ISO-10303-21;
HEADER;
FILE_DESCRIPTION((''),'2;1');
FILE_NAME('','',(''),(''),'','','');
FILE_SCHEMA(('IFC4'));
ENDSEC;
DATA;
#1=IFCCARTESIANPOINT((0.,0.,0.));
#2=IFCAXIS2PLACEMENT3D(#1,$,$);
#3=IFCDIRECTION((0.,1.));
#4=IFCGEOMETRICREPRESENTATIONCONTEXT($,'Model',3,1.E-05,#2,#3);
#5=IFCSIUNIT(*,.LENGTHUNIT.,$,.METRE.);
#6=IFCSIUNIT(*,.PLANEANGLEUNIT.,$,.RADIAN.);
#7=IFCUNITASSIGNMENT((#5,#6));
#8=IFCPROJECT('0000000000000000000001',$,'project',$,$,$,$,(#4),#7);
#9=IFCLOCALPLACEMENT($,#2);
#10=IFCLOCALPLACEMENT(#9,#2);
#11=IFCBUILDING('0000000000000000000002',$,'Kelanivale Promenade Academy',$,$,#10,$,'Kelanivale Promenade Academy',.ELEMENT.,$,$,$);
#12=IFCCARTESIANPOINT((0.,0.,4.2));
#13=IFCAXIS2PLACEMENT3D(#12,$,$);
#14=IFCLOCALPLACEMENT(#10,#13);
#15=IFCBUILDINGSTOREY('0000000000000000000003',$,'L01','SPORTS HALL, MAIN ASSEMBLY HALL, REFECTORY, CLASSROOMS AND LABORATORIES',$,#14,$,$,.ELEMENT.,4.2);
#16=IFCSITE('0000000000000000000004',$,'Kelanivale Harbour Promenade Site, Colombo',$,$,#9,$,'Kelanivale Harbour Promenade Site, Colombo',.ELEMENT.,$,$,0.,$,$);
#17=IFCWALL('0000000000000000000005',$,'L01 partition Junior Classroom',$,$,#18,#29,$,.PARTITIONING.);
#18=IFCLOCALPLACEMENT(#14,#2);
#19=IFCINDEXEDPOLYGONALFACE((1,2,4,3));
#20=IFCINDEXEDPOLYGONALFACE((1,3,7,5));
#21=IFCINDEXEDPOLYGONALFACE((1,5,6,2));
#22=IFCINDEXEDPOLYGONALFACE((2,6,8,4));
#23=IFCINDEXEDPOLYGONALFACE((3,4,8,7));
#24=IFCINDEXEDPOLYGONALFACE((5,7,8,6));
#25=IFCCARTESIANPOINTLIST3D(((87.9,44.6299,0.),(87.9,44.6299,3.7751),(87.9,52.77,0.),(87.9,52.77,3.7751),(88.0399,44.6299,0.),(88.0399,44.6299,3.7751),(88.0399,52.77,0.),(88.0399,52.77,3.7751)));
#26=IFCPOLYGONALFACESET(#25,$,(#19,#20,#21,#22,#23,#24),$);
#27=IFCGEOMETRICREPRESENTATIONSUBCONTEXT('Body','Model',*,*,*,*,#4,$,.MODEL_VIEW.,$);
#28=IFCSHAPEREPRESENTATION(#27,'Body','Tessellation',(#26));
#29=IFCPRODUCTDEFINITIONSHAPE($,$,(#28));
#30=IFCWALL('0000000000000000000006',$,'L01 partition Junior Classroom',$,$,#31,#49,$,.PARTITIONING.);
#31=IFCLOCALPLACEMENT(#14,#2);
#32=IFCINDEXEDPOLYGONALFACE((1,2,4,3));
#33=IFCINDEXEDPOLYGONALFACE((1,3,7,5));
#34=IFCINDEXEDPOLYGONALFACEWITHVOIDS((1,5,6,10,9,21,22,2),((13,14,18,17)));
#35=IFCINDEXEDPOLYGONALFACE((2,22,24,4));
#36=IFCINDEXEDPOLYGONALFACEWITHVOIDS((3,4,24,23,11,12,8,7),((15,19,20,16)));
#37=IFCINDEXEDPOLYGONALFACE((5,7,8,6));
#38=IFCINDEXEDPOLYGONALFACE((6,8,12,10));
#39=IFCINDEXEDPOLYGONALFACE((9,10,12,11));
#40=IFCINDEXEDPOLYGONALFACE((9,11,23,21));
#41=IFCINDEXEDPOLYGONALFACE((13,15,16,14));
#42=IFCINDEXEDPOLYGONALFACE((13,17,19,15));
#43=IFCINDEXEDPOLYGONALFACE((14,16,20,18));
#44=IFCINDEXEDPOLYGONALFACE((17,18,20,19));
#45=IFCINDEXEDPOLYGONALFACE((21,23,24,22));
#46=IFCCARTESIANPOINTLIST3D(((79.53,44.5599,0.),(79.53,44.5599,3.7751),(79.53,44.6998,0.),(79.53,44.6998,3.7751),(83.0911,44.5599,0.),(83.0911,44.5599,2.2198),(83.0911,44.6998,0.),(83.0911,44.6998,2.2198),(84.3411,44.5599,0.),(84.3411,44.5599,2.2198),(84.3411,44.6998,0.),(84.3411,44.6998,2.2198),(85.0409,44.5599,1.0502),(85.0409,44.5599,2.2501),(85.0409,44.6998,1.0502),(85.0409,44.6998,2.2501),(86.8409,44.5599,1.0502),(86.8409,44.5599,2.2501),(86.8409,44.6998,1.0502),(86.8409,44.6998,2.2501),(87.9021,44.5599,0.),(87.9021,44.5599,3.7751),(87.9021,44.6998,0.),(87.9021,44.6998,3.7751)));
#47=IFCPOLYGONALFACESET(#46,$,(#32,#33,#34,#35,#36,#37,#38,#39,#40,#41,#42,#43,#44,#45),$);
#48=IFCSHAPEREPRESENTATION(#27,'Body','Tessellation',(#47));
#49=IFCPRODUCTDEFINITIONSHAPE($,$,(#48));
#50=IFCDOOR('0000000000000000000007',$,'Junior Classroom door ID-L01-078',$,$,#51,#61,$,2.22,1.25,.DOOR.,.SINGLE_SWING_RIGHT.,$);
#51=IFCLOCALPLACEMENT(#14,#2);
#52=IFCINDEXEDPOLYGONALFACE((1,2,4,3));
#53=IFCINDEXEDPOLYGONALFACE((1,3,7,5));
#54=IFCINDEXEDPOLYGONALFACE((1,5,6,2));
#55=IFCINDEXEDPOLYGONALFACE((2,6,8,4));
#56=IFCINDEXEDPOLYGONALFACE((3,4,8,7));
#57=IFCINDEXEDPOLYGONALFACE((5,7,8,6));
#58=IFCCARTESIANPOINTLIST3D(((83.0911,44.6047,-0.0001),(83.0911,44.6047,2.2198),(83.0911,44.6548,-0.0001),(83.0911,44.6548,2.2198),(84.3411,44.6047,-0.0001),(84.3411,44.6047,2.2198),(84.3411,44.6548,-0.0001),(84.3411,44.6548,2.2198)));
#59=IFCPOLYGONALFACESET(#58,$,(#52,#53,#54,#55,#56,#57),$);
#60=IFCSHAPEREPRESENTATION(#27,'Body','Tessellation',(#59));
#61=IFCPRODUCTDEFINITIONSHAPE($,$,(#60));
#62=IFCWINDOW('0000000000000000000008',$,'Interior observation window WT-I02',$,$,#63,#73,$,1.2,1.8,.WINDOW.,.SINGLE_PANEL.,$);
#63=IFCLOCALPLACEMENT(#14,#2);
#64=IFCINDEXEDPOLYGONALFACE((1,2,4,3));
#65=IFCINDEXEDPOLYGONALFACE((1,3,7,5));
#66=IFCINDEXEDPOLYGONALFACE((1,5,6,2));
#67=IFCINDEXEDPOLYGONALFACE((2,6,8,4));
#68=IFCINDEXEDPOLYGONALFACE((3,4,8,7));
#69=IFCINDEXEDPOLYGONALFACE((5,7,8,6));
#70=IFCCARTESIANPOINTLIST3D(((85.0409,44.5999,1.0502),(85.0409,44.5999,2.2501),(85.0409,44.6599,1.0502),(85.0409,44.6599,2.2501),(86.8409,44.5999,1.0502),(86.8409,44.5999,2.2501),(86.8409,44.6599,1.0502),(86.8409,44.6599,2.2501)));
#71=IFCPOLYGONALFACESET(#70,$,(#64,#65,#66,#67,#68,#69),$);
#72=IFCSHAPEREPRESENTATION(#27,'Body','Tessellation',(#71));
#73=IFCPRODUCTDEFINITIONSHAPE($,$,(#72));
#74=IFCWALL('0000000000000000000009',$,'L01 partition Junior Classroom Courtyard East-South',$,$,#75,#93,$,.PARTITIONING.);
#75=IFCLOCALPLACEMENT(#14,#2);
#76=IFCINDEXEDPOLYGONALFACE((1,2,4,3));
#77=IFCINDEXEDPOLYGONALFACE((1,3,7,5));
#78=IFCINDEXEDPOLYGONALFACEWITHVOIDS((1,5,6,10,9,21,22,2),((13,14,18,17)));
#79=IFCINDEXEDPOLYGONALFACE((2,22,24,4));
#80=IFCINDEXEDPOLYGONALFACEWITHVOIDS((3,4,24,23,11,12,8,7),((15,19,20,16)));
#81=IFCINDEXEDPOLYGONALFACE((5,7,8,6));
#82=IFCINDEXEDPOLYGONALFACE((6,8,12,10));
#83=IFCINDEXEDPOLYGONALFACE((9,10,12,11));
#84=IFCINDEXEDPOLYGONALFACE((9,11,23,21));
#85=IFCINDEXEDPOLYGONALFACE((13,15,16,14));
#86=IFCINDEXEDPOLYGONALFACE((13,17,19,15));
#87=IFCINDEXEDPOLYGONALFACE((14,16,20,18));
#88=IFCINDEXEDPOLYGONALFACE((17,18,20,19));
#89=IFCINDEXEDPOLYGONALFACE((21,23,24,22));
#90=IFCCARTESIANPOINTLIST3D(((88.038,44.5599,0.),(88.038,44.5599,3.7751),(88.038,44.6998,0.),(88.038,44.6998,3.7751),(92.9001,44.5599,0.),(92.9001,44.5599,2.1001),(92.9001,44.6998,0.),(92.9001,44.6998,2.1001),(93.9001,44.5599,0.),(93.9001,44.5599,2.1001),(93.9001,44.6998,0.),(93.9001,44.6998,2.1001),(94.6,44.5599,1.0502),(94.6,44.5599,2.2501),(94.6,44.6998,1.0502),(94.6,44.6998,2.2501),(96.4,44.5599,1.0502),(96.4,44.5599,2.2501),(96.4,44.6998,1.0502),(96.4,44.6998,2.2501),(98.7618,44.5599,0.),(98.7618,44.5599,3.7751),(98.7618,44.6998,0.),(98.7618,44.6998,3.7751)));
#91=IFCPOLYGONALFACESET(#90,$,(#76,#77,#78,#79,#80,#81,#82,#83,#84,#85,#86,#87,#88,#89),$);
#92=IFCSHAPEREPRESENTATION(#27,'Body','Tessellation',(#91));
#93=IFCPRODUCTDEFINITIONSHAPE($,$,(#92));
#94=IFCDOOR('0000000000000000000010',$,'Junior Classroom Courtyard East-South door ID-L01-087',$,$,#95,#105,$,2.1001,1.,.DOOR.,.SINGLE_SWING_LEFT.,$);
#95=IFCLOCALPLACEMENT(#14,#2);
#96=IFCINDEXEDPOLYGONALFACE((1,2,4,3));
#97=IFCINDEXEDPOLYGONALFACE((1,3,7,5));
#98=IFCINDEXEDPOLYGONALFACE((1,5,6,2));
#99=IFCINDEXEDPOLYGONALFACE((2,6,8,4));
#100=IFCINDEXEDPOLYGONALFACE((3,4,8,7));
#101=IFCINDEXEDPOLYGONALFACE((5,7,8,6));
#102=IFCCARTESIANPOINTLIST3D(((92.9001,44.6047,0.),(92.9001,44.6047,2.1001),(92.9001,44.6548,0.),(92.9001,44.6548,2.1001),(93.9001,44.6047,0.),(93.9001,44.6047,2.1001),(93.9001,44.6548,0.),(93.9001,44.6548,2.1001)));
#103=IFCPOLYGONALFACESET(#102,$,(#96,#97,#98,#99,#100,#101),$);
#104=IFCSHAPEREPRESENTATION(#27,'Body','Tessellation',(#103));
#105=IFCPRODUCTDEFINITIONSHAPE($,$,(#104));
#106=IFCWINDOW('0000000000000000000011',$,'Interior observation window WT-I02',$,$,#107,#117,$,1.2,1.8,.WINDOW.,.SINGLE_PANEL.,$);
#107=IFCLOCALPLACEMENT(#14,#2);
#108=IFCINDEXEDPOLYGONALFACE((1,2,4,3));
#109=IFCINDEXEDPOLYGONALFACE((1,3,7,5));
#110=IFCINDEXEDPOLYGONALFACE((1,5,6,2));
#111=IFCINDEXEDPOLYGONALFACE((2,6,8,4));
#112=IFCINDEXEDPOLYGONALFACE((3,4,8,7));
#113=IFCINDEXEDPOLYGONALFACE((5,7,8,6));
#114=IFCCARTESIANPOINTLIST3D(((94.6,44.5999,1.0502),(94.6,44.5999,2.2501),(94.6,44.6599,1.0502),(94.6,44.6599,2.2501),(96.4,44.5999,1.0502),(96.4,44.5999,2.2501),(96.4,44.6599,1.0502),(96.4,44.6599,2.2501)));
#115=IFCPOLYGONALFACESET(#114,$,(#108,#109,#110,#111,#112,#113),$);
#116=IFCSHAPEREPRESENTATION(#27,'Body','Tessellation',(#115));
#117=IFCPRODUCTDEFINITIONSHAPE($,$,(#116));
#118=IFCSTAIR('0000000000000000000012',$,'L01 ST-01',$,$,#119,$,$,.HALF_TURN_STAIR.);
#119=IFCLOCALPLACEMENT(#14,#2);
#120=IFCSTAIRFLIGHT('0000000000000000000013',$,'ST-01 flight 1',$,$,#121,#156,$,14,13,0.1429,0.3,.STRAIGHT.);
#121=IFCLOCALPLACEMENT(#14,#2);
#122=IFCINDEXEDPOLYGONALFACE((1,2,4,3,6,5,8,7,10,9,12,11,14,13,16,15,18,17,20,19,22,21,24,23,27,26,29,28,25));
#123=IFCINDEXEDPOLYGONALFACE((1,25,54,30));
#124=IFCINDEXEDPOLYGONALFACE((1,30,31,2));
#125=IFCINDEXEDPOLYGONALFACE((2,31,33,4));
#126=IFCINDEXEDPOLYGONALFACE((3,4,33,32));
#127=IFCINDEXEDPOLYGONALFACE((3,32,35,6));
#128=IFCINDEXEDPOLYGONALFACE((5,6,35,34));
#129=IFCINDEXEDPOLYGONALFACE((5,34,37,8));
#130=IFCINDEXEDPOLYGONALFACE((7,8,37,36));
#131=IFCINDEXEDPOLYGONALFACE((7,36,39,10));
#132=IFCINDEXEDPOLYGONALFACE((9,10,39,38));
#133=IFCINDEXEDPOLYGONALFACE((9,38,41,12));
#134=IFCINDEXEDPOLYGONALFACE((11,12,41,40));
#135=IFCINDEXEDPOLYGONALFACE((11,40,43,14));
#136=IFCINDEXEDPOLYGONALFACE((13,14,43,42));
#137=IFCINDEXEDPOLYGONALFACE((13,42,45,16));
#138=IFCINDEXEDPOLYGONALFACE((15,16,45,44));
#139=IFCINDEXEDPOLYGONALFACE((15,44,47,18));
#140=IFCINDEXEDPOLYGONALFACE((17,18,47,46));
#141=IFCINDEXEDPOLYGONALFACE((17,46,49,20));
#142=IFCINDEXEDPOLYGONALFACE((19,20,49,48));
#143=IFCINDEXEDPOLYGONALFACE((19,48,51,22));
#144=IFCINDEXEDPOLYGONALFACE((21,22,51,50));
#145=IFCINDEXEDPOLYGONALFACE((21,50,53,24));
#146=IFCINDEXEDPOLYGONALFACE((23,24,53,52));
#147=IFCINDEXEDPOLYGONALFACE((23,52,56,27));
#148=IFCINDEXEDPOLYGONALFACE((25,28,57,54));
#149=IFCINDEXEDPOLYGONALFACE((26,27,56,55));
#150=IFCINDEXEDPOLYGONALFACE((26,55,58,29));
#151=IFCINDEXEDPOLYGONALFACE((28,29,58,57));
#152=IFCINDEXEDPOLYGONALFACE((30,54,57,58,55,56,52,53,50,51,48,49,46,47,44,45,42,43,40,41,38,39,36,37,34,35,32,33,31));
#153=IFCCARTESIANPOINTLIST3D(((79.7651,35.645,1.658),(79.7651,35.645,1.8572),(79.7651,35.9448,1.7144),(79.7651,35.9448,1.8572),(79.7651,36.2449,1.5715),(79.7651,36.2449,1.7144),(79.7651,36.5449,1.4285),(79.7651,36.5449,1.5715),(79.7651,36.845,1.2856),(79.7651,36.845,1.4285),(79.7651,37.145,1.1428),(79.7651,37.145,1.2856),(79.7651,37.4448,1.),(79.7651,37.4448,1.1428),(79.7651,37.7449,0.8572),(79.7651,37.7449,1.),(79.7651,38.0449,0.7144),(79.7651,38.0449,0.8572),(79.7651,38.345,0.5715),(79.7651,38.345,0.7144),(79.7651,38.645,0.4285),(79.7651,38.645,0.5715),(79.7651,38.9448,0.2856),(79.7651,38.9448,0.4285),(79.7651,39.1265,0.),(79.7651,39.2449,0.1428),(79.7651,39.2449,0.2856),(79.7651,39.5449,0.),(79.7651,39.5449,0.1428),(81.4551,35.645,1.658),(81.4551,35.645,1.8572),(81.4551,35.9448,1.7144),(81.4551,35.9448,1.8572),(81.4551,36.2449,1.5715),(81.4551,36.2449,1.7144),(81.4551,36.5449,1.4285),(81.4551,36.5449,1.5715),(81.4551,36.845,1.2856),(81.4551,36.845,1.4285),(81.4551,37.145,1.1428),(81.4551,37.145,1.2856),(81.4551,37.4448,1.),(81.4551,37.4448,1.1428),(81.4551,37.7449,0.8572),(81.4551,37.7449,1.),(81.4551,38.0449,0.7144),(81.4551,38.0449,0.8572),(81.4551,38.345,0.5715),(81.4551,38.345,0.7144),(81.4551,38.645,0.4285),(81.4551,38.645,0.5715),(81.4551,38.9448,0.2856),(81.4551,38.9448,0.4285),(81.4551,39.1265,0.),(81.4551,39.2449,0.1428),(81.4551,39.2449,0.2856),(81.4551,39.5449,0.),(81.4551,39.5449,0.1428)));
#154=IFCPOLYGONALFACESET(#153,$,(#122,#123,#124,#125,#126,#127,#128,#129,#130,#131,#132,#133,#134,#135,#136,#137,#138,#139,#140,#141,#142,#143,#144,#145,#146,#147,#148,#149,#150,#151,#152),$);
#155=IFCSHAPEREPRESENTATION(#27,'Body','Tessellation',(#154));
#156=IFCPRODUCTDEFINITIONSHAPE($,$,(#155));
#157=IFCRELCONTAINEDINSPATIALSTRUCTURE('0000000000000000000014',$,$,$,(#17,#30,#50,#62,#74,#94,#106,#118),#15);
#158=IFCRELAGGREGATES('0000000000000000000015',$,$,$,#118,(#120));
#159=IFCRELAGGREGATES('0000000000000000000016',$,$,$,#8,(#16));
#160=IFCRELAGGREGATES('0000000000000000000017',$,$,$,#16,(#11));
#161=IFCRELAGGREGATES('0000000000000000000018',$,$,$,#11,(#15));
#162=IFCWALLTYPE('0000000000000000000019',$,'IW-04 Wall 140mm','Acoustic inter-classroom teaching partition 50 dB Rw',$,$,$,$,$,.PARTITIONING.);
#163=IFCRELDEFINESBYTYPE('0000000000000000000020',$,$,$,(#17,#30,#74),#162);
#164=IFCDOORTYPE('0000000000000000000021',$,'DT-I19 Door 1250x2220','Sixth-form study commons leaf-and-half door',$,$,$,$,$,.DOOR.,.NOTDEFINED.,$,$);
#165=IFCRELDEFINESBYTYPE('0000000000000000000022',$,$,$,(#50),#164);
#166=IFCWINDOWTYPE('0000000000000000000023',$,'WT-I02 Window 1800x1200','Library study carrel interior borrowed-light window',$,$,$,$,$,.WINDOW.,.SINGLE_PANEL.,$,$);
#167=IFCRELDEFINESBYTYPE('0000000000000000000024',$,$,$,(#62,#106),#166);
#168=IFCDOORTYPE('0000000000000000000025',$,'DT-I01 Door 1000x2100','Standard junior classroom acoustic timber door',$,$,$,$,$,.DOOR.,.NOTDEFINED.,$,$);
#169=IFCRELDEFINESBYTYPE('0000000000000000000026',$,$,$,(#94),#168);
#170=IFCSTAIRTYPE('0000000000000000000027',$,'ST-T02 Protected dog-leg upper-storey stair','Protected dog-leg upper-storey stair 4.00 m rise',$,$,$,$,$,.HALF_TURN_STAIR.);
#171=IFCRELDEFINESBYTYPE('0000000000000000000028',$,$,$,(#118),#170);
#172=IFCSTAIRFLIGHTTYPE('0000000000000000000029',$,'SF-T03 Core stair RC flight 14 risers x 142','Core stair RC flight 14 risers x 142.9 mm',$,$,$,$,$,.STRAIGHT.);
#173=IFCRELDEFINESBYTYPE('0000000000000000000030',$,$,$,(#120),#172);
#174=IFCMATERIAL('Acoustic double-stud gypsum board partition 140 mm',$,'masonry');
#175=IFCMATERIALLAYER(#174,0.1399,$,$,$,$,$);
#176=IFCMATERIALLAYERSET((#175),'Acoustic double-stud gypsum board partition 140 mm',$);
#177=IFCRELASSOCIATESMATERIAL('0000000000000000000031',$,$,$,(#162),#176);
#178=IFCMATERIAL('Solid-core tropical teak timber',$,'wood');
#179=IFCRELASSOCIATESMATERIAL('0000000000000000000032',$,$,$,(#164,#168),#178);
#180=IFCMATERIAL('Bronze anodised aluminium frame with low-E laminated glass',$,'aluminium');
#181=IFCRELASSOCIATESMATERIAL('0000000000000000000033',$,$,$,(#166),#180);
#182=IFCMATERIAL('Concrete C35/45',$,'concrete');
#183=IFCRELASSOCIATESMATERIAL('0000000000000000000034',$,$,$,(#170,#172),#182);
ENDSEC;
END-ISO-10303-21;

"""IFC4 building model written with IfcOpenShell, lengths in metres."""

from ifc_helpers import new_model, si_unit, direction, frame, frame_2d, origin, place, context, subcontext, project, spatial, polyline, rectangle, outline, extrude, material, layer, layer_set, type_object, element, fill, aggregate, save


model = new_model("IFC4")

# Units and contexts
model_context = context("Model", 3, precision=1e-05, world=origin(), true_north=direction((0.0, 1.0)))
body_context = subcontext(model_context, "Body", "Model", "MODEL_VIEW")
ifc_project = project(units=[si_unit("LENGTHUNIT", "METRE"), si_unit("PLANEANGLEUNIT", "RADIAN")], contexts=[model_context])

# Site, building, storey
site_placement = place(None, origin())
site = spatial("IfcSite", under=ifc_project, at=site_placement, Name="Kelanivale Harbour Promenade Site, Colombo", LongName="Kelanivale Harbour Promenade Site, Colombo", CompositionType="ELEMENT", RefElevation=0.0)
building_placement = place(site_placement, origin())
building = spatial("IfcBuilding", under=site, at=building_placement, Name="Kelanivale Promenade Academy", LongName="Kelanivale Promenade Academy", CompositionType="ELEMENT")
storey_placement = place(building_placement, frame((0.0, 0.0, 4.2)))
storey = spatial("IfcBuildingStorey", under=building, at=storey_placement, Name="L01", Description="SPORTS HALL, MAIN ASSEMBLY HALL, REFECTORY, CLASSROOMS AND LABORATORIES", CompositionType="ELEMENT", Elevation=4.2)

# Shared definitions
ifc_material_1 = material(Name="Concrete C35/45", Category="concrete")

# Shared definitions
ifc_material_2 = material(Name="Bronze anodised aluminium frame with low-E laminated glass", Category="aluminium")

# Wall
ifc_material_3 = material(Name="Acoustic double-stud gypsum board partition 140 mm", Category="masonry")
ifc_layer_1 = layer(ifc_material_3, 0.1399)
ifc_layer_set_1 = layer_set([ifc_layer_1], Name="Acoustic double-stud gypsum board partition 140 mm")
wall_type_1 = type_object("IfcWallType", Name="IW-04 Wall 140mm", Description="Acoustic inter-classroom teaching partition 50 dB Rw", PredefinedType="PARTITIONING", material=ifc_layer_set_1)
wall_1_placement = place(storey_placement, frame((87.97, 44.6299, 0.0), z_axis=(0.0, 0.0, 1.0), x_axis=(0.0, 1.0, 0.0)))
element("IfcWall", 1, at=wall_1_placement, inside=storey, type_object=wall_type_1, Name="L01 partition Junior Classroom", PredefinedType="PARTITIONING", context=body_context, shape_type="SweptSolid", body=[
    extrude(rectangle(XDim=8.1401, YDim=0.1399, at=frame_2d((4.0701, 0.0))), origin(), (0.0, 0.0, 1.0), 3.7751),
])

# Walls, openings, doors, windows
wall_2_placement = place(storey_placement, frame((79.53, 44.6299, 0.0), z_axis=(0.0, 0.0, 1.0), x_axis=(1.0, 0.0, 0.0)))
wall_2 = element("IfcWall", 2, at=wall_2_placement, inside=storey, type_object=wall_type_1, Name="L01 partition Junior Classroom", PredefinedType="PARTITIONING", context=body_context, shape_type="SweptSolid", body=[
    extrude(rectangle(XDim=8.3721, YDim=0.1399, at=frame_2d((4.186, 0.0))), origin(), (0.0, 0.0, 1.0), 3.7751),
])
opening_1_placement = place(wall_2_placement, frame((3.561, 0.0, 0.0)))
opening_1 = element("IfcOpeningElement", 3, at=opening_1_placement, cuts=wall_2, PredefinedType="OPENING", context=body_context, shape_type="SweptSolid", body=[
    extrude(rectangle(XDim=1.25, YDim=2.22, at=frame_2d((0.625, 1.1099))), frame((0.0, 0.0801, 0.0), z_axis=(0.0, -1.0, 0.0), x_axis=(1.0, 0.0, 0.0)), (0.0, 0.0, 1.0), 0.1599),
])
opening_2_placement = place(wall_2_placement, frame((5.511, 0.0, 1.05)))
opening_2 = element("IfcOpeningElement", 4, at=opening_2_placement, cuts=wall_2, PredefinedType="OPENING", context=body_context, shape_type="SweptSolid", body=[
    extrude(rectangle(XDim=1.8, YDim=1.2, at=frame_2d((0.8999, 0.6001))), frame((0.0, 0.0801, 0.0), z_axis=(0.0, -1.0, 0.0), x_axis=(1.0, 0.0, 0.0)), (0.0, 0.0, 1.0), 0.1599),
])
ifc_material_4 = material(Name="Solid-core tropical teak timber", Category="wood")
door_type_1 = type_object("IfcDoorType", Name="DT-I19 Door 1250x2220", Description="Sixth-form study commons leaf-and-half door", OperationType="NOTDEFINED", PredefinedType="DOOR", material=ifc_material_4)
door_1_placement = place(opening_1_placement, origin())
door_1 = element("IfcDoor", 5, at=door_1_placement, inside=storey, type_object=door_type_1, Name="Junior Classroom door ID-L01-078", OperationType="SINGLE_SWING_RIGHT", OverallHeight=2.22, OverallWidth=1.25, PredefinedType="DOOR", context=body_context, shape_type="SweptSolid", body=[
    extrude(rectangle(XDim=1.25, YDim=2.22, at=frame_2d((0.625, 1.1099))), frame((0.0, 0.0249, 0.0), z_axis=(0.0, -1.0, 0.0), x_axis=(1.0, 0.0, 0.0)), (0.0, 0.0, 1.0), 0.05),
])
fill(opening_1, door_1)
window_type_1 = type_object("IfcWindowType", Name="WT-I02 Window 1800x1200", Description="Library study carrel interior borrowed-light window", PartitioningType="SINGLE_PANEL", PredefinedType="WINDOW", material=ifc_material_2)
window_1_placement = place(opening_2_placement, origin())
window_1 = element("IfcWindow", 6, at=window_1_placement, inside=storey, type_object=window_type_1, Name="Interior observation window WT-I02", OverallHeight=1.2, OverallWidth=1.8, PartitioningType="SINGLE_PANEL", PredefinedType="WINDOW", context=body_context, shape_type="SweptSolid", body=[
    extrude(rectangle(XDim=1.8, YDim=1.2, at=frame_2d((0.8999, 0.6001))), frame((0.0, 0.03, 0.0), z_axis=(0.0, -1.0, 0.0), x_axis=(1.0, 0.0, 0.0)), (0.0, 0.0, 1.0), 0.0601),
])
fill(opening_2, window_1)
wall_3_placement = place(storey_placement, frame((88.0381, 44.6299, 0.0), z_axis=(0.0, 0.0, 1.0), x_axis=(1.0, 0.0, 0.0)))
wall_3 = element("IfcWall", 7, at=wall_3_placement, inside=storey, type_object=wall_type_1, Name="L01 partition Junior Classroom Courtyard East-South", PredefinedType="PARTITIONING", context=body_context, shape_type="SweptSolid", body=[
    extrude(rectangle(XDim=10.7239, YDim=0.1399, at=frame_2d((5.3618, 0.0))), origin(), (0.0, 0.0, 1.0), 3.7751),
])
opening_3_placement = place(wall_3_placement, frame((4.8621, 0.0, 0.0)))
opening_3 = element("IfcOpeningElement", 8, at=opening_3_placement, cuts=wall_3, PredefinedType="OPENING", context=body_context, shape_type="SweptSolid", body=[
    extrude(rectangle(XDim=1.0, YDim=2.1001, at=frame_2d((0.5, 1.05))), frame((0.0, 0.0801, 0.0), z_axis=(0.0, -1.0, 0.0), x_axis=(1.0, 0.0, 0.0)), (0.0, 0.0, 1.0), 0.1599),
])
opening_4_placement = place(wall_3_placement, frame((6.562, 0.0, 1.05)))
opening_4 = element("IfcOpeningElement", 9, at=opening_4_placement, cuts=wall_3, PredefinedType="OPENING", context=body_context, shape_type="SweptSolid", body=[
    extrude(rectangle(XDim=1.8, YDim=1.2, at=frame_2d((0.8999, 0.6001))), frame((0.0, 0.0801, 0.0), z_axis=(0.0, -1.0, 0.0), x_axis=(1.0, 0.0, 0.0)), (0.0, 0.0, 1.0), 0.1599),
])
door_type_2 = type_object("IfcDoorType", Name="DT-I01 Door 1000x2100", Description="Standard junior classroom acoustic timber door", OperationType="NOTDEFINED", PredefinedType="DOOR", material=ifc_material_4)
door_2_placement = place(opening_3_placement, origin())
door_2 = element("IfcDoor", 10, at=door_2_placement, inside=storey, type_object=door_type_2, Name="Junior Classroom Courtyard East-South door ID-L01-087", OperationType="SINGLE_SWING_LEFT", OverallHeight=2.1001, OverallWidth=1.0, PredefinedType="DOOR", context=body_context, shape_type="SweptSolid", body=[
    extrude(rectangle(XDim=1.0, YDim=2.1001, at=frame_2d((0.5, 1.05))), frame((0.0, 0.0249, 0.0), z_axis=(0.0, -1.0, 0.0), x_axis=(1.0, 0.0, 0.0)), (0.0, 0.0, 1.0), 0.05),
])
fill(opening_3, door_2)
window_2_placement = place(opening_4_placement, origin())
window_2 = element("IfcWindow", 11, at=window_2_placement, inside=storey, type_object=window_type_1, Name="Interior observation window WT-I02", OverallHeight=1.2, OverallWidth=1.8, PartitioningType="SINGLE_PANEL", PredefinedType="WINDOW", context=body_context, shape_type="SweptSolid", body=[
    extrude(rectangle(XDim=1.8, YDim=1.2, at=frame_2d((0.8999, 0.6001))), frame((0.0, 0.03, 0.0), z_axis=(0.0, -1.0, 0.0), x_axis=(1.0, 0.0, 0.0)), (0.0, 0.0, 1.0), 0.0601),
])
fill(opening_4, window_2)

# Stair, stair flight
stair_type = type_object("IfcStairType", Name="ST-T02 Protected dog-leg upper-storey stair", Description="Protected dog-leg upper-storey stair 4.00 m rise", PredefinedType="HALF_TURN_STAIR", material=ifc_material_1)
stair_placement = place(storey_placement, origin())
stair = element("IfcStair", 12, at=stair_placement, inside=storey, type_object=stair_type, Name="L01 ST-01", PredefinedType="HALF_TURN_STAIR")
stair_flight_type = type_object("IfcStairFlightType", Name="SF-T03 Core stair RC flight 14 risers x 142", Description="Core stair RC flight 14 risers x 142.9 mm", PredefinedType="STRAIGHT", material=ifc_material_1)
stair_flight_placement = place(storey_placement, frame((80.6101, 39.5449, 0.0), z_axis=(0.0, 0.0, 1.0), x_axis=(0.0, -1.0, 0.0)))
stair_flight = element("IfcStairFlight", 13, at=stair_flight_placement, type_object=stair_flight_type, Name="ST-01 flight 1", NumberOfRisers=14, NumberOfTreads=13, PredefinedType="STRAIGHT", RiserHeight=0.1429, TreadLength=0.3, context=body_context, shape_type="SweptSolid", body=[
    extrude(outline(polyline([(0.0, 0.0), (0.0, 0.1428), (0.3, 0.1428), (0.3, 0.2856), (0.6001, 0.2856), (0.6001, 0.4285), (0.8999, 0.4285), (0.8999, 0.5715), (1.2, 0.5715), (1.2, 0.7144), (1.5, 0.7144), (1.5, 0.8572), (1.8, 0.8572), (1.8, 1.0), (2.1001, 1.0), (2.1001, 1.1428), (2.3999, 1.1428), (2.3999, 1.2856), (2.7, 1.2856), (2.7, 1.4285), (3.0, 1.4285), (3.0, 1.5715), (3.3, 1.5715), (3.3, 1.7144), (3.6001, 1.7144), (3.6001, 1.8572), (3.8999, 1.8572), (3.8999, 2.0), (3.8999, 1.658), (0.4185, 0.0), (0.0, 0.0)])), frame((0.0, 0.845, 0.0), z_axis=(0.0, -1.0, 0.0), x_axis=(1.0, 0.0, 0.0)), (0.0, 0.0, 1.0), 1.6899),
])
aggregate(stair, [stair_flight])

save(model, "model.ifc")
